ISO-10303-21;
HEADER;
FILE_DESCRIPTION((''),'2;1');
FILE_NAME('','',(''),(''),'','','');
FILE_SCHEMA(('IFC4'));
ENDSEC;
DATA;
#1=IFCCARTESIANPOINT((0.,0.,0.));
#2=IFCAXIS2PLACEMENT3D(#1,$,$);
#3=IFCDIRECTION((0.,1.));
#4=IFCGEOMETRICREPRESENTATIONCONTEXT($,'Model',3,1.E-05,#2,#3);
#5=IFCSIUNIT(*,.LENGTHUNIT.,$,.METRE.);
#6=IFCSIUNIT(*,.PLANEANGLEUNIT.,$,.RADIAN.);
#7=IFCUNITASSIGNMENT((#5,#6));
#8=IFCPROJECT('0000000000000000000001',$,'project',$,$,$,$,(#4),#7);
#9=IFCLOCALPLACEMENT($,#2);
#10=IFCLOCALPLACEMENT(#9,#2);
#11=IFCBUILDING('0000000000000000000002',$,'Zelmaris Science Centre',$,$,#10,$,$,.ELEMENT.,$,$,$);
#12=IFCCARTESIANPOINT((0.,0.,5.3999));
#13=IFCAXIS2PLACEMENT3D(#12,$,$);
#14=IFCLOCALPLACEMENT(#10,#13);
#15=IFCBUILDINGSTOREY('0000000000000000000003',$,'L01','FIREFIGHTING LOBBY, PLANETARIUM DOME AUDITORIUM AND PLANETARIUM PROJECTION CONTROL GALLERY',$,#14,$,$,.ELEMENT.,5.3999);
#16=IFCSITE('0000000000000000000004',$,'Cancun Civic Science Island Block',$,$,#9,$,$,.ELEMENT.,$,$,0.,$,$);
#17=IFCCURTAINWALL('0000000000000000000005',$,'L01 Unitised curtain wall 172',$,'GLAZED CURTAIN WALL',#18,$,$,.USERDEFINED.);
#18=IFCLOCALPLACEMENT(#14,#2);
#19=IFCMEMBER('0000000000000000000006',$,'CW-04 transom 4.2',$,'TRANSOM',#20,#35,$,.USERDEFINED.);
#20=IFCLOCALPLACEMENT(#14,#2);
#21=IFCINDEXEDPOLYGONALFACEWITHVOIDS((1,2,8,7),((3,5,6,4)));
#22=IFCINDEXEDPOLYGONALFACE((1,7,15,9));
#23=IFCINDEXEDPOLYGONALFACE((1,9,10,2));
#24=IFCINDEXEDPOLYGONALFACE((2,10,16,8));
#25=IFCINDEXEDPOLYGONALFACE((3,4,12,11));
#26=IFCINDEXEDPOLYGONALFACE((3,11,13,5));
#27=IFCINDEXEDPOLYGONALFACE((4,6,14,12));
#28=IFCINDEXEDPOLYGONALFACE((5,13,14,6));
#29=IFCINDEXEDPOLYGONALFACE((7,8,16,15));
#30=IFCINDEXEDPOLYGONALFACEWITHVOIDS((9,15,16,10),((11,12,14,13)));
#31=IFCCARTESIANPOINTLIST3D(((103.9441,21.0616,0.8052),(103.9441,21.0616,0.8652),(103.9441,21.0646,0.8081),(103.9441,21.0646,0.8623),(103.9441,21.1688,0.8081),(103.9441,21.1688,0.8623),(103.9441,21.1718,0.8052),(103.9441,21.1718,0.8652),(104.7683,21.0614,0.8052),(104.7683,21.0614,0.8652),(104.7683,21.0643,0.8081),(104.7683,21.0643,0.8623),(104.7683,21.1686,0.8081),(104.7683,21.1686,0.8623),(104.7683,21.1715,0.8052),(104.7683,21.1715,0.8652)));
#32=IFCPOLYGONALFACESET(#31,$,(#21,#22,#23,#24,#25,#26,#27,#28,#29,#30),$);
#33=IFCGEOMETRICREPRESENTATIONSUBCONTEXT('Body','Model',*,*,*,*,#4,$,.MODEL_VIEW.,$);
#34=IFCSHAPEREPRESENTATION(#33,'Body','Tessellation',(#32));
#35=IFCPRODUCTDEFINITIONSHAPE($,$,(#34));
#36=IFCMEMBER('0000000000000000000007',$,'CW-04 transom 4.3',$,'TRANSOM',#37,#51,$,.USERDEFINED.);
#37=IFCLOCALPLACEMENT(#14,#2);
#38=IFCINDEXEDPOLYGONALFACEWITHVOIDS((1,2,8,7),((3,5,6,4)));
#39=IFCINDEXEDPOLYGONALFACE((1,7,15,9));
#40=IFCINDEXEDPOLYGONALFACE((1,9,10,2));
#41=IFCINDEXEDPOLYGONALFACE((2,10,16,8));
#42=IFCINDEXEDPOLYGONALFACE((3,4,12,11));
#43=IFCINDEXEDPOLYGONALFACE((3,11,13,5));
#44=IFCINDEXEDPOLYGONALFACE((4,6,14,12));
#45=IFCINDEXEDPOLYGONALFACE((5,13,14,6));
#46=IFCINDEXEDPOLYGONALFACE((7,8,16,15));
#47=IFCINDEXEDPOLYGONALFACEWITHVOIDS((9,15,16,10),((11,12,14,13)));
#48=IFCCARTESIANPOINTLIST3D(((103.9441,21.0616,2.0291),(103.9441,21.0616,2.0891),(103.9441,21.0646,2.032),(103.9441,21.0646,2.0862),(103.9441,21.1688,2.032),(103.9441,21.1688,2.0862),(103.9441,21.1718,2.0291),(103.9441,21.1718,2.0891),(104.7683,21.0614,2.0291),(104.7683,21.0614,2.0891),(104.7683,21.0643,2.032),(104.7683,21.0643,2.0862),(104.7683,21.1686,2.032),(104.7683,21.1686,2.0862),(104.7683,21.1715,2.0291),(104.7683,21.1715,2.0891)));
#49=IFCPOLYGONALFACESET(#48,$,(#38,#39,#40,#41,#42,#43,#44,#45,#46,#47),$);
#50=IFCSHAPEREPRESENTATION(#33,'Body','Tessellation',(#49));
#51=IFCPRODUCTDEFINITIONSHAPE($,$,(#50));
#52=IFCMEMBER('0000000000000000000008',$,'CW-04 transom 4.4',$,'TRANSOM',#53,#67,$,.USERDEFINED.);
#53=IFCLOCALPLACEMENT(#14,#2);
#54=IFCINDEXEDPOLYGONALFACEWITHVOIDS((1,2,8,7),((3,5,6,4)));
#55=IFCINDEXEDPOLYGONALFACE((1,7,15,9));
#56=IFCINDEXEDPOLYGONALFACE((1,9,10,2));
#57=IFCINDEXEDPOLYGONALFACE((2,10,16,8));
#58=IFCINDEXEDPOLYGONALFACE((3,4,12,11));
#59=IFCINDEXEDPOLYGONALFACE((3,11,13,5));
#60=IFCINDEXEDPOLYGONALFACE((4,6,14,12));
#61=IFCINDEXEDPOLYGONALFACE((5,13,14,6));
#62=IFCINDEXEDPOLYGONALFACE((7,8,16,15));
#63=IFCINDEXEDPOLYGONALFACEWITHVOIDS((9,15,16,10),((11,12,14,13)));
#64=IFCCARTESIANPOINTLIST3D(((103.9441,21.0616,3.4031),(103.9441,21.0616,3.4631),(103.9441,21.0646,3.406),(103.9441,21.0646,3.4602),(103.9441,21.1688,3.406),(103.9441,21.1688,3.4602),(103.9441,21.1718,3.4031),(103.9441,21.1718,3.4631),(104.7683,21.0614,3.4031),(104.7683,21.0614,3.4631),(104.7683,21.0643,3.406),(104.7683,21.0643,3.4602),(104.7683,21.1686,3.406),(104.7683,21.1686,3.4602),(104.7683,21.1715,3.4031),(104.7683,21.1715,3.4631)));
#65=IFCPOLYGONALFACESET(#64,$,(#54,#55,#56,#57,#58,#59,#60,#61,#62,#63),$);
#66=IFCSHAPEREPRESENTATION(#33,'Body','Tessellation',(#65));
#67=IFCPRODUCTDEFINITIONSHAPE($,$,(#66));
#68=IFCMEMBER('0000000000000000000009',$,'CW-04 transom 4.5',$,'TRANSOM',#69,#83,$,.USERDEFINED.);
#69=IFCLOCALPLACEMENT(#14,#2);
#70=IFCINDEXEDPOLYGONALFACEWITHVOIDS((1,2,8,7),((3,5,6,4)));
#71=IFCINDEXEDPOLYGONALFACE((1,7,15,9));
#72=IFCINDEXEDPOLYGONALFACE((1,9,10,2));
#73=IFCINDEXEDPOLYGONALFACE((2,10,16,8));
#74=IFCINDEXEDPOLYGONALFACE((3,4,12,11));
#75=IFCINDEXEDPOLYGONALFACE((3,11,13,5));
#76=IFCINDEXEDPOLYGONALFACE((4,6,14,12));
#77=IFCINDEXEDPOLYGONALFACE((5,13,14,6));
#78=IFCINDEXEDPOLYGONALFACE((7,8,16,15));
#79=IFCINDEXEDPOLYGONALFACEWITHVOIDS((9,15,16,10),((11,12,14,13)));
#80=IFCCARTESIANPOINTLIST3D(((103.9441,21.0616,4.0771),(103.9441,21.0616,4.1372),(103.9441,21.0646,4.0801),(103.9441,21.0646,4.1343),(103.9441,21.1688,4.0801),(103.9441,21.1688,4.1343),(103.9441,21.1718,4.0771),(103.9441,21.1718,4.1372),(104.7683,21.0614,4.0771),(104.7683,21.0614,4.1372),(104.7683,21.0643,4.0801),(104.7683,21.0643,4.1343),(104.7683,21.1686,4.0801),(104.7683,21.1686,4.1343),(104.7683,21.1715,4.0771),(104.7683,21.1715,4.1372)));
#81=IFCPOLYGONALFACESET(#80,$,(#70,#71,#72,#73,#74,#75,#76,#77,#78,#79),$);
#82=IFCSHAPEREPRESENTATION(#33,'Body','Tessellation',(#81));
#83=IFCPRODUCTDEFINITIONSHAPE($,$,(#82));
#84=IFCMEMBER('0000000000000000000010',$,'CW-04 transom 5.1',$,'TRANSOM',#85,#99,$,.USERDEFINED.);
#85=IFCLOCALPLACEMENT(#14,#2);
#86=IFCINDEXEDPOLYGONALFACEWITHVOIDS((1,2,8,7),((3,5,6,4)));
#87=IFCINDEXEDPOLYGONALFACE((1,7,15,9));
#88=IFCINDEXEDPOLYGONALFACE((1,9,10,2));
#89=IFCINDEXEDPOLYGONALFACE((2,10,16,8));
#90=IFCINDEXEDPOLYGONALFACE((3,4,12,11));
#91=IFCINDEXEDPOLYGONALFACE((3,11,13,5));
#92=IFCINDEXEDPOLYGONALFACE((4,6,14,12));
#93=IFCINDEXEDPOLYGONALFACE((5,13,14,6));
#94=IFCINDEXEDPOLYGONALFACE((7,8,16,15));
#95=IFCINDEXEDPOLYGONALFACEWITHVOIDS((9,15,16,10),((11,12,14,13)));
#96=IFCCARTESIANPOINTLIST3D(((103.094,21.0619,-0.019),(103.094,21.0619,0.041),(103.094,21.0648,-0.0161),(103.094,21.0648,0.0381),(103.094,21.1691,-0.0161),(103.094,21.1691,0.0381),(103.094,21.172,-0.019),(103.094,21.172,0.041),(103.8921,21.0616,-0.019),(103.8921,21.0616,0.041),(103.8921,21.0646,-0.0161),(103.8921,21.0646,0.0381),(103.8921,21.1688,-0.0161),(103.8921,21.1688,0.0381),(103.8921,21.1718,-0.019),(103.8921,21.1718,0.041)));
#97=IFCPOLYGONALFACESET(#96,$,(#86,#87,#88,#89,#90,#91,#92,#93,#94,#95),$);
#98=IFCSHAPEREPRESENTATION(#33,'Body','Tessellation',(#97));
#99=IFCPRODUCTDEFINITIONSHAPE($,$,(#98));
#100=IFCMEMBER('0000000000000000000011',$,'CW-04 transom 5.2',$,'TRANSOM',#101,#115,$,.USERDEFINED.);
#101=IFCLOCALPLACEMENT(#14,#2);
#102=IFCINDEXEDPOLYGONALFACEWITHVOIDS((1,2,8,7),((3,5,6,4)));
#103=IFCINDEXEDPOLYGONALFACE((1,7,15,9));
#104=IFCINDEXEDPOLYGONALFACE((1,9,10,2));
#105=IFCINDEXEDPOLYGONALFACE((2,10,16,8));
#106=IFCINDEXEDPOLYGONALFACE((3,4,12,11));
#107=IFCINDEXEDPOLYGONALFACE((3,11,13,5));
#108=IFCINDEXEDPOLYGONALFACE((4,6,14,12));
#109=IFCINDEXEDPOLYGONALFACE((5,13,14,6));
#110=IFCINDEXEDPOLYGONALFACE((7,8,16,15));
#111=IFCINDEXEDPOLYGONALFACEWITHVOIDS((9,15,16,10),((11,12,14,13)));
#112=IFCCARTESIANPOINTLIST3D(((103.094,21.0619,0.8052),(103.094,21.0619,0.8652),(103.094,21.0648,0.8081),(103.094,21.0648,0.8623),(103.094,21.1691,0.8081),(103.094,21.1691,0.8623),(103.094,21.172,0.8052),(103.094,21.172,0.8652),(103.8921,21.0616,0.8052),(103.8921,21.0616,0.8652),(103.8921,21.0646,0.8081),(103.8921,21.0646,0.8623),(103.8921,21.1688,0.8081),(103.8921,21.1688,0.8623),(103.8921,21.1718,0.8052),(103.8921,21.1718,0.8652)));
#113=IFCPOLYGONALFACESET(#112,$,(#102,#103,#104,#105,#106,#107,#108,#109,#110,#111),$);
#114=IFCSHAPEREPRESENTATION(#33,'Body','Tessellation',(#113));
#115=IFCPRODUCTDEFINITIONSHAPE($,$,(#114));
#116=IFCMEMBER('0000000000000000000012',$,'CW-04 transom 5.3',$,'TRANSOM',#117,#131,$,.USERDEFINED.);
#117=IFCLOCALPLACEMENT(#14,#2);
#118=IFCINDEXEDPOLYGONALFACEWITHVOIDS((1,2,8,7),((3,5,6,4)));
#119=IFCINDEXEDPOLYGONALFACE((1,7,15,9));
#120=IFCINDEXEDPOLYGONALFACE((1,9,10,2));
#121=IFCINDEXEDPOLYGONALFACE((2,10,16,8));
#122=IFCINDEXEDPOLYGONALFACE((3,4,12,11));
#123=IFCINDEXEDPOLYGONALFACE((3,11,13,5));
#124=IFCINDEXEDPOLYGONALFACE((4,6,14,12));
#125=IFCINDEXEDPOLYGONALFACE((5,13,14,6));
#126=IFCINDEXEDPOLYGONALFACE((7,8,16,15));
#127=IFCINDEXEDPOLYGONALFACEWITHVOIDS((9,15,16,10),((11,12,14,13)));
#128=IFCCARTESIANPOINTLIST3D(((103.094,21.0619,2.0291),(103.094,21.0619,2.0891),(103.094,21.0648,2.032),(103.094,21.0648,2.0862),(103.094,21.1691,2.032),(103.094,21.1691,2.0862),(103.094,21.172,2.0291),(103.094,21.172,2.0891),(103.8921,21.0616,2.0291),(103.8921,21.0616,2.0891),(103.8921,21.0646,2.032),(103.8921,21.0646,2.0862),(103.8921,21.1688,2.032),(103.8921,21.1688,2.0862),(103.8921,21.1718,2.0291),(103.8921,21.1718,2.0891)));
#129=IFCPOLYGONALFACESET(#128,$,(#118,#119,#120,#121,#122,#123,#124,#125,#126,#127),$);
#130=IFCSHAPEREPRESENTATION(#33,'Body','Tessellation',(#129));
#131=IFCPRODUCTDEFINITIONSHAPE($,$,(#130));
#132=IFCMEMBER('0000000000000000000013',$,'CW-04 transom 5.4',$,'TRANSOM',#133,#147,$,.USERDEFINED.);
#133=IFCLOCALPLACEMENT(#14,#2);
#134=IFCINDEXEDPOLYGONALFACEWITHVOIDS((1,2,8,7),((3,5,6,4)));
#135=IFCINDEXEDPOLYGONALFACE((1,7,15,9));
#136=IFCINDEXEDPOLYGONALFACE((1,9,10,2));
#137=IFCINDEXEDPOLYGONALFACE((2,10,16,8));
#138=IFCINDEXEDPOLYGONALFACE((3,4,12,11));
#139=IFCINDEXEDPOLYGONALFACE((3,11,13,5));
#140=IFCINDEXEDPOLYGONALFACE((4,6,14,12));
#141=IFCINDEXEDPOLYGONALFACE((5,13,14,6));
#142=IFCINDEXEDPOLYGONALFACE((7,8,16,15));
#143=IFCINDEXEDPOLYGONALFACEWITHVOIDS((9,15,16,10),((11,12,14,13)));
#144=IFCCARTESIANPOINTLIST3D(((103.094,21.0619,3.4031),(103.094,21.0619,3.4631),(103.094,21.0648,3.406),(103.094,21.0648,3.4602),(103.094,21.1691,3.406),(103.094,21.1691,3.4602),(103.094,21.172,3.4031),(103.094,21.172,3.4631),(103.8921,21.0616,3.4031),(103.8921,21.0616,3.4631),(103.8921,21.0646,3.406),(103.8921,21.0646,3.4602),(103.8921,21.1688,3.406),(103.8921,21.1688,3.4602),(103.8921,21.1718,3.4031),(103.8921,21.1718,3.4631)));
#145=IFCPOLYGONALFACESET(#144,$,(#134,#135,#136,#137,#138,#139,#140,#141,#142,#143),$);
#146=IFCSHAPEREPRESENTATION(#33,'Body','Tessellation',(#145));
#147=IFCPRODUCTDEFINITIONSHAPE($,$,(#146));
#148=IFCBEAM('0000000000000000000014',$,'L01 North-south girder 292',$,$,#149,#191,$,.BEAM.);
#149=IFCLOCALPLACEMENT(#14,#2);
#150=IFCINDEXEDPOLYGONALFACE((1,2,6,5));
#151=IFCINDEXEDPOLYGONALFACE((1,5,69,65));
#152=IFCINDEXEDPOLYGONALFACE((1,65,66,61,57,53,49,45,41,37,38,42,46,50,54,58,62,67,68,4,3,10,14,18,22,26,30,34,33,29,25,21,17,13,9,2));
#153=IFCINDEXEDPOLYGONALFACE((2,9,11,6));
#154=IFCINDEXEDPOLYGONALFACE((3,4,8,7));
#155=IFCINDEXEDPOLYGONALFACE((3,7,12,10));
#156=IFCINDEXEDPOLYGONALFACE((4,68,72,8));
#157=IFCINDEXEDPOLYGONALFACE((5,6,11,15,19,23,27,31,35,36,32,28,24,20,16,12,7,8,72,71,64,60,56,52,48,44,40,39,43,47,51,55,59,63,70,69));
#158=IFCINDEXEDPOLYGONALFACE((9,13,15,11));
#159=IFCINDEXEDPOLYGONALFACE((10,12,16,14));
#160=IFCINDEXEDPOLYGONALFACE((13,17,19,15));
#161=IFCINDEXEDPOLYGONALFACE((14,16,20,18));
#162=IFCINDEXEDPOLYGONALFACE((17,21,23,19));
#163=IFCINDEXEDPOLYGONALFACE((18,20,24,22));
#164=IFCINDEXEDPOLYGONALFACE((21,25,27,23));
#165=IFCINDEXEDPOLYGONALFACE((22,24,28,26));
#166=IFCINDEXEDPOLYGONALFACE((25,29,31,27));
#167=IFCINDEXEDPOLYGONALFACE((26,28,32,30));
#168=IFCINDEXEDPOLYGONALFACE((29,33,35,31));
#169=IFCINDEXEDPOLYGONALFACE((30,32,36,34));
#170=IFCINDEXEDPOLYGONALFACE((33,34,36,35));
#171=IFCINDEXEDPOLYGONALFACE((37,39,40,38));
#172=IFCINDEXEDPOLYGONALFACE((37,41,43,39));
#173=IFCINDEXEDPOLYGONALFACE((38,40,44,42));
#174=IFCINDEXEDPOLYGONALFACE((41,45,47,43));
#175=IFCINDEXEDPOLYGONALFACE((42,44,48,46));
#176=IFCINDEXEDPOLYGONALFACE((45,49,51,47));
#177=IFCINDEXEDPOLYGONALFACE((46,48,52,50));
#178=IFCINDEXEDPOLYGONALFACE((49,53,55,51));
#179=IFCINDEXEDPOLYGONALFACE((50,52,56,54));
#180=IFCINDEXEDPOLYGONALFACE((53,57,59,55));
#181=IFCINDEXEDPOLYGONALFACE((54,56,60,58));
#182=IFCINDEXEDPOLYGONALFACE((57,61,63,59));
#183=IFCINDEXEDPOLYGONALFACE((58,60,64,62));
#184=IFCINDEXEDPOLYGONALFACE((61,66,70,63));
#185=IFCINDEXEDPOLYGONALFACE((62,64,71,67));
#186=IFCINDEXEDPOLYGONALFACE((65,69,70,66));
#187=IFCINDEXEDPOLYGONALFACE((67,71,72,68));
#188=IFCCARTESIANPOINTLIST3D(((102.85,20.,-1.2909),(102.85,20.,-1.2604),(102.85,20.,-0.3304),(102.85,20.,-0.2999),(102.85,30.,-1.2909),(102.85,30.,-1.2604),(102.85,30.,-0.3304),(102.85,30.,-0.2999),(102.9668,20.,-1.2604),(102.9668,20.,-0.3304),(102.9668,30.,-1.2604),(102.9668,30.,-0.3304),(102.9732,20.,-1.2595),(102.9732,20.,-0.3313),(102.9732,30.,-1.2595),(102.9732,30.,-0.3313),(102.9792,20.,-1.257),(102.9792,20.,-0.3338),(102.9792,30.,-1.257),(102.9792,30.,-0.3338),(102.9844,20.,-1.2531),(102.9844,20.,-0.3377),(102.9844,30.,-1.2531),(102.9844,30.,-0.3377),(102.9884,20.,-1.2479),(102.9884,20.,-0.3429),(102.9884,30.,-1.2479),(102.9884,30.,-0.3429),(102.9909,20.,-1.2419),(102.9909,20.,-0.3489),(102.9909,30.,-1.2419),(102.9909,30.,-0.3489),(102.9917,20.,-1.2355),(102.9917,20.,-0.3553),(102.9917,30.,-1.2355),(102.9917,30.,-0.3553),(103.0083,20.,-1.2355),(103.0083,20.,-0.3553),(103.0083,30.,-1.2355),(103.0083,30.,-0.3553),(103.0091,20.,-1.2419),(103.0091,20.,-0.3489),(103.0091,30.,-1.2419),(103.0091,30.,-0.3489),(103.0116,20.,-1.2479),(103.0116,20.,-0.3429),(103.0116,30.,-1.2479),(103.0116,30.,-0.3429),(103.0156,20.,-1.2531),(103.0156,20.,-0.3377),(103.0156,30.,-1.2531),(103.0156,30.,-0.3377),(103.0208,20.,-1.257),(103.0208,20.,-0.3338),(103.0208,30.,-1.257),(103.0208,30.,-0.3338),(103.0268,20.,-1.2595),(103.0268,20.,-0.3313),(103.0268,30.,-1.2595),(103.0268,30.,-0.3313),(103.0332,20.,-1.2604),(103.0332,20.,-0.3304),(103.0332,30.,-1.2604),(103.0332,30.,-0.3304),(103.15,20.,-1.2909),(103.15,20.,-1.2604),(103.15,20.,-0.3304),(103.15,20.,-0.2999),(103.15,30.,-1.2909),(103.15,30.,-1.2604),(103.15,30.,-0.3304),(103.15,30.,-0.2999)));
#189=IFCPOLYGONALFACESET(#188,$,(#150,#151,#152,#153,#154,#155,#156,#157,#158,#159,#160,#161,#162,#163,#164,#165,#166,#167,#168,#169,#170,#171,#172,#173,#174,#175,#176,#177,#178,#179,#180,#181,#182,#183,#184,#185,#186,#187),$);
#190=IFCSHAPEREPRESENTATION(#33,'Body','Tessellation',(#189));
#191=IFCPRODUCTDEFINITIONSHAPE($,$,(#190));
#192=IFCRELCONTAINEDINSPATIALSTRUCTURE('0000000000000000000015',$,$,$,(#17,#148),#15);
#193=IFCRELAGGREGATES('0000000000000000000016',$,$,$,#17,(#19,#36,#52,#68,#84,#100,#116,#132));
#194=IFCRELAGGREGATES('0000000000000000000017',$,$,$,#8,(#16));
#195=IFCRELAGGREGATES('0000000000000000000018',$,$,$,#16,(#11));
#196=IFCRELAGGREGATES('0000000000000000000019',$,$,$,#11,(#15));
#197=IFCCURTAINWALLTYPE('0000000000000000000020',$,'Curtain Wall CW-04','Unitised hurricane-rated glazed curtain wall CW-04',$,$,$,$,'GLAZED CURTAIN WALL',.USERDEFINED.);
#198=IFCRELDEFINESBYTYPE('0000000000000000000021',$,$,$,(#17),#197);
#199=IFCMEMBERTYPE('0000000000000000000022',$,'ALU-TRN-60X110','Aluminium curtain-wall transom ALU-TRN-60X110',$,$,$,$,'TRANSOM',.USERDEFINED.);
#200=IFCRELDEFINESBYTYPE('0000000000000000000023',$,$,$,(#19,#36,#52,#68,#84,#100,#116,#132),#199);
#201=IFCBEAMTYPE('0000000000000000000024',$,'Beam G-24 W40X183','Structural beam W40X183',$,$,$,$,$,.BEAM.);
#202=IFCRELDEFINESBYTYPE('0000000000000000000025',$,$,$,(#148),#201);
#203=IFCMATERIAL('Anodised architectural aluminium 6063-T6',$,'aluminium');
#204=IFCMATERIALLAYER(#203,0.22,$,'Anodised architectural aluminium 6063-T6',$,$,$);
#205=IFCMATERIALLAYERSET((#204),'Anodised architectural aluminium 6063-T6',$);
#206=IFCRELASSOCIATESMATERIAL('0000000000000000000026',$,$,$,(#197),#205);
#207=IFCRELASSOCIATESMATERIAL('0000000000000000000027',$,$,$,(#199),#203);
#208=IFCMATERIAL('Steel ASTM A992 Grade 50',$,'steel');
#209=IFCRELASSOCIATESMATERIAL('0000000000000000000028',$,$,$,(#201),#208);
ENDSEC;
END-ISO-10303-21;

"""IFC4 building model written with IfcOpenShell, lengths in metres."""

from ifc_helpers import new_model, si_unit, direction, frame, origin, origin_2d, place, context, subcontext, project, spatial, hollow_rectangle, i_section, extrude, material, layer, layer_set, material_profile, profile_set, type_object, element, aggregate, save


model = new_model("IFC4")

# Units and contexts
model_context = context("Model", 3, precision=1e-05, world=origin(), true_north=direction((0.0, 1.0)))
body_context = subcontext(model_context, "Body", "Model", "MODEL_VIEW")
ifc_project = project(units=[si_unit("LENGTHUNIT", "METRE"), si_unit("PLANEANGLEUNIT", "RADIAN")], contexts=[model_context])

# Site, building, storey
site_placement = place(None, origin())
site = spatial("IfcSite", under=ifc_project, at=site_placement, Name="Cancun Civic Science Island Block", CompositionType="ELEMENT", RefElevation=0.0)
building_placement = place(site_placement, origin())
building = spatial("IfcBuilding", under=site, at=building_placement, Name="Zelmaris Science Centre", CompositionType="ELEMENT")
storey_placement = place(building_placement, frame((0.0, 0.0, 5.3999)))
storey = spatial("IfcBuildingStorey", under=building, at=storey_placement, Name="L01", Description="FIREFIGHTING LOBBY, PLANETARIUM DOME AUDITORIUM AND PLANETARIUM PROJECTION CONTROL GALLERY", CompositionType="ELEMENT", Elevation=5.3999)

# Shared definitions
ifc_material_1 = material(Name="Steel ASTM A992 Grade 50", Category="steel")

# Curtain wall, members
ifc_material_2 = material(Name="Anodised architectural aluminium 6063-T6", Category="aluminium")
ifc_layer_1 = layer(ifc_material_2, 0.22, Name="Anodised architectural aluminium 6063-T6")
ifc_layer_set_1 = layer_set([ifc_layer_1], Name="Anodised architectural aluminium 6063-T6")
curtain_wall_type = type_object("IfcCurtainWallType", Name="Curtain Wall CW-04", Description="Unitised hurricane-rated glazed curtain wall CW-04", ElementType="GLAZED CURTAIN WALL", PredefinedType="USERDEFINED", material=ifc_layer_set_1)
curtain_wall_placement = place(storey_placement, origin())
curtain_wall = element("IfcCurtainWall", 1, at=curtain_wall_placement, inside=storey, type_object=curtain_wall_type, Name="L01 Unitised curtain wall 172", ObjectType="GLAZED CURTAIN WALL", PredefinedType="USERDEFINED")
ifc_material_profile_1 = material_profile(ifc_material_2, hollow_rectangle(XDim=0.0601, YDim=0.1101, WallThickness=0.0029, at=origin_2d()), Name="ALU-TRN-60X110")
ifc_profile_set_1 = profile_set([ifc_material_profile_1], Name="Anodised architectural aluminium 6063-T6")
member_type_1 = type_object("IfcMemberType", Name="ALU-TRN-60X110", Description="Aluminium curtain-wall transom ALU-TRN-60X110", ElementType="TRANSOM", PredefinedType="USERDEFINED", material=ifc_profile_set_1)
member_1_placement = place(storey_placement, frame((104.7683, 21.1165, 0.8352), z_axis=(-1.0, 0.000296, 0.0), x_axis=(0.0, 0.0, 1.0)))
member_1 = element("IfcMember", 2, at=member_1_placement, type_object=member_type_1, Name="CW-04 transom 4.2", ObjectType="TRANSOM", PredefinedType="USERDEFINED", context=body_context, shape_type="SweptSolid", body=[
    extrude(hollow_rectangle(XDim=0.0601, YDim=0.1101, WallThickness=0.0029, at=origin_2d()), origin(), (0.0, 0.0, 1.0), 0.8242),
])
member_2_placement = place(storey_placement, frame((104.7683, 21.1165, 2.0591), z_axis=(-1.0, 0.000296, 0.0), x_axis=(0.0, 0.0, 1.0)))
member_2 = element("IfcMember", 3, at=member_2_placement, type_object=member_type_1, Name="CW-04 transom 4.3", ObjectType="TRANSOM", PredefinedType="USERDEFINED", context=body_context, shape_type="SweptSolid", body=[
    extrude(hollow_rectangle(XDim=0.0601, YDim=0.1101, WallThickness=0.0029, at=origin_2d()), origin(), (0.0, 0.0, 1.0), 0.8242),
])
member_3_placement = place(storey_placement, frame((104.7683, 21.1165, 3.4331), z_axis=(-1.0, 0.000296, 0.0), x_axis=(0.0, 0.0, 1.0)))
member_3 = element("IfcMember", 4, at=member_3_placement, type_object=member_type_1, Name="CW-04 transom 4.4", ObjectType="TRANSOM", PredefinedType="USERDEFINED", context=body_context, shape_type="SweptSolid", body=[
    extrude(hollow_rectangle(XDim=0.0601, YDim=0.1101, WallThickness=0.0029, at=origin_2d()), origin(), (0.0, 0.0, 1.0), 0.8242),
])
member_4_placement = place(storey_placement, frame((104.7683, 21.1165, 4.1072), z_axis=(-1.0, 0.000296, 0.0), x_axis=(0.0, 0.0, 1.0)))
member_4 = element("IfcMember", 5, at=member_4_placement, type_object=member_type_1, Name="CW-04 transom 4.5", ObjectType="TRANSOM", PredefinedType="USERDEFINED", context=body_context, shape_type="SweptSolid", body=[
    extrude(hollow_rectangle(XDim=0.0601, YDim=0.1101, WallThickness=0.0029, at=origin_2d()), origin(), (0.0, 0.0, 1.0), 0.8242),
])
member_5_placement = place(storey_placement, frame((103.8921, 21.1167, 0.011), z_axis=(-1.0, 0.000306, 0.0), x_axis=(0.0, 0.0, 1.0)))
member_5 = element("IfcMember", 6, at=member_5_placement, type_object=member_type_1, Name="CW-04 transom 5.1", ObjectType="TRANSOM", PredefinedType="USERDEFINED", context=body_context, shape_type="SweptSolid", body=[
    extrude(hollow_rectangle(XDim=0.0601, YDim=0.1101, WallThickness=0.0029, at=origin_2d()), origin(), (0.0, 0.0, 1.0), 0.7981),
])
member_6_placement = place(storey_placement, frame((103.8921, 21.1167, 0.8352), z_axis=(-1.0, 0.000306, 0.0), x_axis=(0.0, 0.0, 1.0)))
member_6 = element("IfcMember", 7, at=member_6_placement, type_object=member_type_1, Name="CW-04 transom 5.2", ObjectType="TRANSOM", PredefinedType="USERDEFINED", context=body_context, shape_type="SweptSolid", body=[
    extrude(hollow_rectangle(XDim=0.0601, YDim=0.1101, WallThickness=0.0029, at=origin_2d()), origin(), (0.0, 0.0, 1.0), 0.7981),
])
member_7_placement = place(storey_placement, frame((103.8921, 21.1167, 2.0591), z_axis=(-1.0, 0.000306, 0.0), x_axis=(0.0, 0.0, 1.0)))
member_7 = element("IfcMember", 8, at=member_7_placement, type_object=member_type_1, Name="CW-04 transom 5.3", ObjectType="TRANSOM", PredefinedType="USERDEFINED", context=body_context, shape_type="SweptSolid", body=[
    extrude(hollow_rectangle(XDim=0.0601, YDim=0.1101, WallThickness=0.0029, at=origin_2d()), origin(), (0.0, 0.0, 1.0), 0.7981),
])
member_8_placement = place(storey_placement, frame((103.8921, 21.1167, 3.4331), z_axis=(-1.0, 0.000306, 0.0), x_axis=(0.0, 0.0, 1.0)))
member_8 = element("IfcMember", 9, at=member_8_placement, type_object=member_type_1, Name="CW-04 transom 5.4", ObjectType="TRANSOM", PredefinedType="USERDEFINED", context=body_context, shape_type="SweptSolid", body=[
    extrude(hollow_rectangle(XDim=0.0601, YDim=0.1101, WallThickness=0.0029, at=origin_2d()), origin(), (0.0, 0.0, 1.0), 0.7981),
])

# Beam
ifc_material_profile_2 = material_profile(ifc_material_1, i_section(OverallWidth=0.3, OverallDepth=0.991, WebThickness=0.0166, FlangeThickness=0.0305, FilletRadius=0.0249, at=origin_2d()), Name="W40X183")
ifc_profile_set_2 = profile_set([ifc_material_profile_2], Name="Steel ASTM A992 Grade 50")
beam_type = type_object("IfcBeamType", Name="Beam G-24 W40X183", Description="Structural beam W40X183", PredefinedType="BEAM", material=ifc_profile_set_2)
beam_placement = place(storey_placement, frame((103.0, 20.0, -0.7954), z_axis=(0.0, 1.0, 0.0), x_axis=(-1.0, 0.0, 0.0)))
element("IfcBeam", 10, at=beam_placement, inside=storey, type_object=beam_type, Name="L01 North-south girder 292", PredefinedType="BEAM", context=body_context, shape_type="SweptSolid", body=[
    extrude(i_section(OverallWidth=0.3, OverallDepth=0.991, WebThickness=0.0166, FlangeThickness=0.0305, FilletRadius=0.0249, at=origin_2d()), origin(), (0.0, 0.0, 1.0), 10.0),
])

aggregate(curtain_wall, [member_1, member_2, member_3, member_4, member_5, member_6, member_7, member_8])

save(model, "model.ifc")
